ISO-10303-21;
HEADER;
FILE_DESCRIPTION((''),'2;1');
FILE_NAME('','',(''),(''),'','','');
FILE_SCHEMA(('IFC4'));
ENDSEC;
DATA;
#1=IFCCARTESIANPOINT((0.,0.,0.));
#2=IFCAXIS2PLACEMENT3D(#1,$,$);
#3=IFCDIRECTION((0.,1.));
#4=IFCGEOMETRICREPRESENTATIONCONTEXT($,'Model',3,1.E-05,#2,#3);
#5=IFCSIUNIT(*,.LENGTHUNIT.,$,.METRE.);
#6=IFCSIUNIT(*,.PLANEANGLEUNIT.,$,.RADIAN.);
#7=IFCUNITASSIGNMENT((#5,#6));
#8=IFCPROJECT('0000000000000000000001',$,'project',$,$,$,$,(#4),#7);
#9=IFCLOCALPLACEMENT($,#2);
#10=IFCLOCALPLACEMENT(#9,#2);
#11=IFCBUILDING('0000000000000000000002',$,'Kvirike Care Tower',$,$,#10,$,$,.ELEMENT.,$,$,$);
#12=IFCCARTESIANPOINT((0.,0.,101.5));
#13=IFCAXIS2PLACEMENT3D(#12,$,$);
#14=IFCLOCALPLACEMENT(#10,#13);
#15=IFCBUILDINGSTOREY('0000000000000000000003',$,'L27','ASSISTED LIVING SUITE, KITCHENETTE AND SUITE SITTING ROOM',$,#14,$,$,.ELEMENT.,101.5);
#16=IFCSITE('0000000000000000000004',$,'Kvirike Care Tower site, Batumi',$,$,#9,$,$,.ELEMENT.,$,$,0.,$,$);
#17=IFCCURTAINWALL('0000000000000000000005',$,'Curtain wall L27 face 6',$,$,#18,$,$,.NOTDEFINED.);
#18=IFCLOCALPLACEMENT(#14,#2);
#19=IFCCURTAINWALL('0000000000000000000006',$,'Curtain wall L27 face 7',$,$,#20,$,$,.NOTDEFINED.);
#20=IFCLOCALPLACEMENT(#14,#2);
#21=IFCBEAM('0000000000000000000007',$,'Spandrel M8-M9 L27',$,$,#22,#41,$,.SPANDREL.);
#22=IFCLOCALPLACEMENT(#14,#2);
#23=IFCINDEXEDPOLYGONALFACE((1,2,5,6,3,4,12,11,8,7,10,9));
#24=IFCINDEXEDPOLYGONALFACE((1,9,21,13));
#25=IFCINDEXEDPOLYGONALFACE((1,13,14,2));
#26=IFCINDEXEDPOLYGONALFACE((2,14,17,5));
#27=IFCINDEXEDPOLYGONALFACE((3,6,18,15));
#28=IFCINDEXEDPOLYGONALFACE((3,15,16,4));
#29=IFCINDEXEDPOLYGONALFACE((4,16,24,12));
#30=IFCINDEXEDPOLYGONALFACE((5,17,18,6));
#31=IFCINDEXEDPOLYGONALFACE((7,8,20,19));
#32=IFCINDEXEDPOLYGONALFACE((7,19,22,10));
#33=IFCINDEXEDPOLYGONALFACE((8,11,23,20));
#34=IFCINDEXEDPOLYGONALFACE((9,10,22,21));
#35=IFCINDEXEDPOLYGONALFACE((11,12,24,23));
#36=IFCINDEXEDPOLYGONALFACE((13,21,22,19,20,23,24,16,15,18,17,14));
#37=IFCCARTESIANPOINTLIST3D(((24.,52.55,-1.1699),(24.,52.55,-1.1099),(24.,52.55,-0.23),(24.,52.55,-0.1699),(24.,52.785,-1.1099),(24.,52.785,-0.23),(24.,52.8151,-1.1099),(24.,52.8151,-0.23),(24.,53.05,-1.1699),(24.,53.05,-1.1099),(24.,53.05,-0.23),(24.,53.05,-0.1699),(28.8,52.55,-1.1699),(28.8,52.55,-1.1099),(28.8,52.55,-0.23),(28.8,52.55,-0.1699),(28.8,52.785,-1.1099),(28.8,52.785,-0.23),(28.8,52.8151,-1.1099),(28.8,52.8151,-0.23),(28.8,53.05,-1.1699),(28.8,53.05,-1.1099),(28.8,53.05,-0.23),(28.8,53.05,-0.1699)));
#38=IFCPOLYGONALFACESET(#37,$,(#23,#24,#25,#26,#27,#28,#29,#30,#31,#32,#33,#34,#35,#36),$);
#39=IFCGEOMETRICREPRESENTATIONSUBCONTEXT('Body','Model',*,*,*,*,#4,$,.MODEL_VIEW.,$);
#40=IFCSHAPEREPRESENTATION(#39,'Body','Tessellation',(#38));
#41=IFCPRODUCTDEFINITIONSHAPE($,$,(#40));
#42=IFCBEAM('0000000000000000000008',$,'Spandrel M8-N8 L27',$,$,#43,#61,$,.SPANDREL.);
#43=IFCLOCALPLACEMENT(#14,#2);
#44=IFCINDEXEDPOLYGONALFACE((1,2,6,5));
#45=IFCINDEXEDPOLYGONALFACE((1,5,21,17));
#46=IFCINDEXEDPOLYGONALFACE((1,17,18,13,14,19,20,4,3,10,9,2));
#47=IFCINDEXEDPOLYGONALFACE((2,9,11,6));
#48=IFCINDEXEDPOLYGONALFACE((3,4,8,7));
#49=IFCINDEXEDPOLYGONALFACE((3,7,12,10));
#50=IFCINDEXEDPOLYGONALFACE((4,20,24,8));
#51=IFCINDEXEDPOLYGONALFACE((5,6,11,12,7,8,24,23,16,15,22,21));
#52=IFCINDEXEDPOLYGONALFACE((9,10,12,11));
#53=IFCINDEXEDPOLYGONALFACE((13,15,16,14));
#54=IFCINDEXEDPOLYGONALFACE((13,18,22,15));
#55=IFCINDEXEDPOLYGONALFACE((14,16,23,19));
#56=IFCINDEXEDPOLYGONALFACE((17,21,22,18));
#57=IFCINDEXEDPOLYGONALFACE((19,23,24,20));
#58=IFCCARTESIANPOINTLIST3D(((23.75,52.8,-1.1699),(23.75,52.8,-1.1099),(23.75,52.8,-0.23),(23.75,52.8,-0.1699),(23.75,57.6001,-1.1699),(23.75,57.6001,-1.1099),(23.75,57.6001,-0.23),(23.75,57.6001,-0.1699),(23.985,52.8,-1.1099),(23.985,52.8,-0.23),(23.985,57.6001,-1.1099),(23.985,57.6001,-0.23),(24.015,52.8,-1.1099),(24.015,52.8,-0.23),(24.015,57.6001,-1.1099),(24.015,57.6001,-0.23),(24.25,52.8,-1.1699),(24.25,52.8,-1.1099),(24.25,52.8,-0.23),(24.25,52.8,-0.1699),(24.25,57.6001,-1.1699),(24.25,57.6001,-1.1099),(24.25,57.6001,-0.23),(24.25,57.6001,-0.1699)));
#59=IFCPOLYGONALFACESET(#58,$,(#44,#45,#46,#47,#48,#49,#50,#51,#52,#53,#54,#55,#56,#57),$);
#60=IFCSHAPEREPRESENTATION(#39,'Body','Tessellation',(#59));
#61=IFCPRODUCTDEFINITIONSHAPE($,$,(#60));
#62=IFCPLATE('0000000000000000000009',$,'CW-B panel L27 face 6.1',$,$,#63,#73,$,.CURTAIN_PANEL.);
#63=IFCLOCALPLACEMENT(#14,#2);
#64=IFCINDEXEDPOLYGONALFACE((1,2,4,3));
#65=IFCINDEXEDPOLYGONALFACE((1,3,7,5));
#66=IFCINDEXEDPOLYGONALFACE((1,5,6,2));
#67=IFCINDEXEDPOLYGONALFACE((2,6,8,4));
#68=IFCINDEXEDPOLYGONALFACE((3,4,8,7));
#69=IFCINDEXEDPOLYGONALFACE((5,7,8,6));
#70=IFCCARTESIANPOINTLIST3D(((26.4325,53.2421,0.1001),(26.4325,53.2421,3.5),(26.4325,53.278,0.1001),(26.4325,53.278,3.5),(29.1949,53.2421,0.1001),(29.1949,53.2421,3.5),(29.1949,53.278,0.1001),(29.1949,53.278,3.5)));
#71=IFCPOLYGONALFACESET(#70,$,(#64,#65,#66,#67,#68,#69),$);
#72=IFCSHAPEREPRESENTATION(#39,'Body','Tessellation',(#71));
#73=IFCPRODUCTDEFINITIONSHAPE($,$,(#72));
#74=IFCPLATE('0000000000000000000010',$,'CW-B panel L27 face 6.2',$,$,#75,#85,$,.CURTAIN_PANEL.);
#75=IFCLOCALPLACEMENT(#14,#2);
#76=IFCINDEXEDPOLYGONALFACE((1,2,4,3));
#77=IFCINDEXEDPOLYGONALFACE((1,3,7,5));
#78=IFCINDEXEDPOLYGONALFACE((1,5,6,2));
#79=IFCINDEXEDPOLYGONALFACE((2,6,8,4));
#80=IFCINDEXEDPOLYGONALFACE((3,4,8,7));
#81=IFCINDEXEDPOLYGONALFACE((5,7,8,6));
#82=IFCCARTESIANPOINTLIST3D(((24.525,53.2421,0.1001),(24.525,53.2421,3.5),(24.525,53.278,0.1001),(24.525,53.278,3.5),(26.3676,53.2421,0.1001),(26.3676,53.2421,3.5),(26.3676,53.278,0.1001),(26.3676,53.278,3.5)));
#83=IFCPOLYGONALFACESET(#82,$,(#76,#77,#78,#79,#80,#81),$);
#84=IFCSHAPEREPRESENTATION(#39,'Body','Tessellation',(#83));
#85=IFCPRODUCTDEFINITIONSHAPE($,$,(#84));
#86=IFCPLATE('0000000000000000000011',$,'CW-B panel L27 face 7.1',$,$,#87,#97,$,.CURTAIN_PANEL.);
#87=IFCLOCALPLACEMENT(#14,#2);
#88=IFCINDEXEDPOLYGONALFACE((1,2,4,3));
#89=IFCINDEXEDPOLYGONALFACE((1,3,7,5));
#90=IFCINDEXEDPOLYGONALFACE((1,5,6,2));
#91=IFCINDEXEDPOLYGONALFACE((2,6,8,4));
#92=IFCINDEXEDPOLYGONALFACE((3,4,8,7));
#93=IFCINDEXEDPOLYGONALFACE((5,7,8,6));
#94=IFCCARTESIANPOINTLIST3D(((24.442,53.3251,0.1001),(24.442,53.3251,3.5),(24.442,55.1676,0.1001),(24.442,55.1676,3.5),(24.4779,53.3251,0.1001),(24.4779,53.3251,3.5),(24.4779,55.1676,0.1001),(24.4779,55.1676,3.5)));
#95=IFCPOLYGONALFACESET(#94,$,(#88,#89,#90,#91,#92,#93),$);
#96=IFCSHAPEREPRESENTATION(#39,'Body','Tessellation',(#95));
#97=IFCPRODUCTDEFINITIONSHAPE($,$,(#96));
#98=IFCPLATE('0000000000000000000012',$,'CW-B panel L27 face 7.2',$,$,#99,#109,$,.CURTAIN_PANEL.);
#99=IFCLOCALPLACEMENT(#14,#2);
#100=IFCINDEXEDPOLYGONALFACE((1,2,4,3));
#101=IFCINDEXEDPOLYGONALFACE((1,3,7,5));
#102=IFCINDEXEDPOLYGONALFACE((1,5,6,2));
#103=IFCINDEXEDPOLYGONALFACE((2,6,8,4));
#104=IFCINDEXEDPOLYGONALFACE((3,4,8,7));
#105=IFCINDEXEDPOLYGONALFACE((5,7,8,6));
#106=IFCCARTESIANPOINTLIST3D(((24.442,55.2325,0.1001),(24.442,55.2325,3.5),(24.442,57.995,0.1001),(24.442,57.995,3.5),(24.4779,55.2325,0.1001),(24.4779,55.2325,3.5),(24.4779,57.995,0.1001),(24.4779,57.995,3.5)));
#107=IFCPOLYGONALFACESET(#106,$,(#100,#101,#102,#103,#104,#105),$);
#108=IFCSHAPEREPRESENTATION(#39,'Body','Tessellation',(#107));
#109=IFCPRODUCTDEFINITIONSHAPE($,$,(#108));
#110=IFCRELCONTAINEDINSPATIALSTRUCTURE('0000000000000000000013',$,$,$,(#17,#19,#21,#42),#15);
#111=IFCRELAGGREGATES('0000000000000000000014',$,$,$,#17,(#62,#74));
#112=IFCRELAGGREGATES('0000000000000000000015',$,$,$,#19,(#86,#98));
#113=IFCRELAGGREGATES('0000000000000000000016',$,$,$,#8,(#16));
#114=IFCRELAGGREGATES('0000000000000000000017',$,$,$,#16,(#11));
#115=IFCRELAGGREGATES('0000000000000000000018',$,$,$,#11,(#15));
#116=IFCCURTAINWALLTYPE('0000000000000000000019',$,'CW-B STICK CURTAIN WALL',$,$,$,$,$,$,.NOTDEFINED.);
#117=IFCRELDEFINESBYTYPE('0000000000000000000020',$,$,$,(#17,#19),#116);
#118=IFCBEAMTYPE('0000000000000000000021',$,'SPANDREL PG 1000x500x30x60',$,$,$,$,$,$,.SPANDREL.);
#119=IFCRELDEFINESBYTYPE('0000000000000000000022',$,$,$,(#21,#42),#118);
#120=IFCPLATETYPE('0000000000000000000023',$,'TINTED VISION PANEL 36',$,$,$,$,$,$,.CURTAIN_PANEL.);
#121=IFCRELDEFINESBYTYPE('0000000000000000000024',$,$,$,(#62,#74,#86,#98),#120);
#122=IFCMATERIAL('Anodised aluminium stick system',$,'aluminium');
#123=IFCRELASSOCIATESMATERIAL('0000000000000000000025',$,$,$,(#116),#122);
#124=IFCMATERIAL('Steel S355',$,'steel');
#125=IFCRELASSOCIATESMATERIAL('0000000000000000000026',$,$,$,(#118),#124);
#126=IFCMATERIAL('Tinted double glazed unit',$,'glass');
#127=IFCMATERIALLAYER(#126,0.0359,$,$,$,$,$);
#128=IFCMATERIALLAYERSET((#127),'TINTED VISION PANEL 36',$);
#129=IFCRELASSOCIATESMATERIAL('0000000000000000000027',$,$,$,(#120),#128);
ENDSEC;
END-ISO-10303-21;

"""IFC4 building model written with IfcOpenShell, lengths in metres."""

from ifc_helpers import new_model, si_unit, direction, frame, origin, origin_2d, place, context, subcontext, project, spatial, rectangle, i_section, extrude, material, layer, layer_set, material_profile, profile_set, type_object, element, aggregate, save


model = new_model("IFC4")

# Units and contexts
model_context = context("Model", 3, precision=1e-05, world=origin(), true_north=direction((0.0, 1.0)))
body_context = subcontext(model_context, "Body", "Model", "MODEL_VIEW")
ifc_project = project(units=[si_unit("LENGTHUNIT", "METRE"), si_unit("PLANEANGLEUNIT", "RADIAN")], contexts=[model_context])

# Site, building, storey
site_placement = place(None, origin())
site = spatial("IfcSite", under=ifc_project, at=site_placement, Name="Kvirike Care Tower site, Batumi", CompositionType="ELEMENT", RefElevation=0.0)
building_placement = place(site_placement, origin())
building = spatial("IfcBuilding", under=site, at=building_placement, Name="Kvirike Care Tower", CompositionType="ELEMENT")
storey_placement = place(building_placement, frame((0.0, 0.0, 101.5)))
storey = spatial("IfcBuildingStorey", under=building, at=storey_placement, Name="L27", Description="ASSISTED LIVING SUITE, KITCHENETTE AND SUITE SITTING ROOM", CompositionType="ELEMENT", Elevation=101.5)

# Curtain walls
ifc_material_1 = material(Name="Anodised aluminium stick system", Category="aluminium")
curtain_wall_type = type_object("IfcCurtainWallType", Name="CW-B STICK CURTAIN WALL", PredefinedType="NOTDEFINED", material=ifc_material_1)
curtain_wall_1_placement = place(storey_placement, origin())
curtain_wall_1 = element("IfcCurtainWall", 1, at=curtain_wall_1_placement, inside=storey, type_object=curtain_wall_type, Name="Curtain wall L27 face 6", PredefinedType="NOTDEFINED")
curtain_wall_2_placement = place(storey_placement, origin())
curtain_wall_2 = element("IfcCurtainWall", 2, at=curtain_wall_2_placement, inside=storey, type_object=curtain_wall_type, Name="Curtain wall L27 face 7", PredefinedType="NOTDEFINED")

# Beams
ifc_material_2 = material(Name="Steel S355", Category="steel")
ifc_material_profile_1 = material_profile(ifc_material_2, i_section(OverallWidth=0.5, OverallDepth=1.0, WebThickness=0.03, FlangeThickness=0.0601, at=origin_2d()), Name="PG 1000x500x30x60")
ifc_profile_set_1 = profile_set([ifc_material_profile_1], Name="Steel S355")
beam_type = type_object("IfcBeamType", Name="SPANDREL PG 1000x500x30x60", PredefinedType="SPANDREL", material=ifc_profile_set_1)
for number, where, z_axis, x_axis, name in (
    (3, (24.0, 52.8, -0.6699), (1.0, 0.0, 0.0), (0.0, 1.0, 0.0), "Spandrel M8-M9 L27"),
    (4, (24.0, 52.8, -0.6699), (0.0, 1.0, 0.0), (-1.0, 0.0, 0.0), "Spandrel M8-N8 L27"),
):
    element("IfcBeam", number, at=place(storey_placement, frame(where, z_axis=z_axis, x_axis=x_axis)), inside=storey, type_object=beam_type, Name=name, PredefinedType="SPANDREL", context=body_context, shape_type="SweptSolid", body=[
        extrude(i_section(OverallWidth=0.5, OverallDepth=1.0, WebThickness=0.03, FlangeThickness=0.0601, at=origin_2d()), origin(), (0.0, 0.0, 1.0), 4.8),
    ])

# Plates
ifc_material_3 = material(Name="Tinted double glazed unit", Category="glass")
ifc_layer = layer(ifc_material_3, 0.0359)
ifc_layer_set = layer_set([ifc_layer], Name="TINTED VISION PANEL 36")
plate_type = type_object("IfcPlateType", Name="TINTED VISION PANEL 36", PredefinedType="CURTAIN_PANEL", material=ifc_layer_set)
plate_1_placement = place(storey_placement, frame((27.8137, 53.26, 0.1001), z_axis=(0.0, 0.0, 1.0), x_axis=(-1.0, 0.0, 0.0)))
plate_1 = element("IfcPlate", 5, at=plate_1_placement, type_object=plate_type, Name="CW-B panel L27 face 6.1", PredefinedType="CURTAIN_PANEL", context=body_context, shape_type="SweptSolid", body=[
    extrude(rectangle(XDim=2.7625, YDim=0.0359, at=origin_2d()), origin(), (0.0, 0.0, 1.0), 3.3999),
])
plate_2_placement = place(storey_placement, frame((25.4463, 53.26, 0.1001), z_axis=(0.0, 0.0, 1.0), x_axis=(-1.0, 0.0, 0.0)))
plate_2 = element("IfcPlate", 6, at=plate_2_placement, type_object=plate_type, Name="CW-B panel L27 face 6.2", PredefinedType="CURTAIN_PANEL", context=body_context, shape_type="SweptSolid", body=[
    extrude(rectangle(XDim=1.8425, YDim=0.0359, at=origin_2d()), origin(), (0.0, 0.0, 1.0), 3.3999),
])
aggregate(curtain_wall_1, [plate_1, plate_2])
plate_3_placement = place(storey_placement, frame((24.46, 54.2463, 0.1001), z_axis=(0.0, 0.0, 1.0), x_axis=(0.0, 1.0, 0.0)))
plate_3 = element("IfcPlate", 7, at=plate_3_placement, type_object=plate_type, Name="CW-B panel L27 face 7.1", PredefinedType="CURTAIN_PANEL", context=body_context, shape_type="SweptSolid", body=[
    extrude(rectangle(XDim=1.8425, YDim=0.0359, at=origin_2d()), origin(), (0.0, 0.0, 1.0), 3.3999),
])
plate_4_placement = place(storey_placement, frame((24.46, 56.6138, 0.1001), z_axis=(0.0, 0.0, 1.0), x_axis=(0.0, 1.0, 0.0)))
plate_4 = element("IfcPlate", 8, at=plate_4_placement, type_object=plate_type, Name="CW-B panel L27 face 7.2", PredefinedType="CURTAIN_PANEL", context=body_context, shape_type="SweptSolid", body=[
    extrude(rectangle(XDim=2.7625, YDim=0.0359, at=origin_2d()), origin(), (0.0, 0.0, 1.0), 3.3999),
])
aggregate(curtain_wall_2, [plate_3, plate_4])

save(model, "model.ifc")
